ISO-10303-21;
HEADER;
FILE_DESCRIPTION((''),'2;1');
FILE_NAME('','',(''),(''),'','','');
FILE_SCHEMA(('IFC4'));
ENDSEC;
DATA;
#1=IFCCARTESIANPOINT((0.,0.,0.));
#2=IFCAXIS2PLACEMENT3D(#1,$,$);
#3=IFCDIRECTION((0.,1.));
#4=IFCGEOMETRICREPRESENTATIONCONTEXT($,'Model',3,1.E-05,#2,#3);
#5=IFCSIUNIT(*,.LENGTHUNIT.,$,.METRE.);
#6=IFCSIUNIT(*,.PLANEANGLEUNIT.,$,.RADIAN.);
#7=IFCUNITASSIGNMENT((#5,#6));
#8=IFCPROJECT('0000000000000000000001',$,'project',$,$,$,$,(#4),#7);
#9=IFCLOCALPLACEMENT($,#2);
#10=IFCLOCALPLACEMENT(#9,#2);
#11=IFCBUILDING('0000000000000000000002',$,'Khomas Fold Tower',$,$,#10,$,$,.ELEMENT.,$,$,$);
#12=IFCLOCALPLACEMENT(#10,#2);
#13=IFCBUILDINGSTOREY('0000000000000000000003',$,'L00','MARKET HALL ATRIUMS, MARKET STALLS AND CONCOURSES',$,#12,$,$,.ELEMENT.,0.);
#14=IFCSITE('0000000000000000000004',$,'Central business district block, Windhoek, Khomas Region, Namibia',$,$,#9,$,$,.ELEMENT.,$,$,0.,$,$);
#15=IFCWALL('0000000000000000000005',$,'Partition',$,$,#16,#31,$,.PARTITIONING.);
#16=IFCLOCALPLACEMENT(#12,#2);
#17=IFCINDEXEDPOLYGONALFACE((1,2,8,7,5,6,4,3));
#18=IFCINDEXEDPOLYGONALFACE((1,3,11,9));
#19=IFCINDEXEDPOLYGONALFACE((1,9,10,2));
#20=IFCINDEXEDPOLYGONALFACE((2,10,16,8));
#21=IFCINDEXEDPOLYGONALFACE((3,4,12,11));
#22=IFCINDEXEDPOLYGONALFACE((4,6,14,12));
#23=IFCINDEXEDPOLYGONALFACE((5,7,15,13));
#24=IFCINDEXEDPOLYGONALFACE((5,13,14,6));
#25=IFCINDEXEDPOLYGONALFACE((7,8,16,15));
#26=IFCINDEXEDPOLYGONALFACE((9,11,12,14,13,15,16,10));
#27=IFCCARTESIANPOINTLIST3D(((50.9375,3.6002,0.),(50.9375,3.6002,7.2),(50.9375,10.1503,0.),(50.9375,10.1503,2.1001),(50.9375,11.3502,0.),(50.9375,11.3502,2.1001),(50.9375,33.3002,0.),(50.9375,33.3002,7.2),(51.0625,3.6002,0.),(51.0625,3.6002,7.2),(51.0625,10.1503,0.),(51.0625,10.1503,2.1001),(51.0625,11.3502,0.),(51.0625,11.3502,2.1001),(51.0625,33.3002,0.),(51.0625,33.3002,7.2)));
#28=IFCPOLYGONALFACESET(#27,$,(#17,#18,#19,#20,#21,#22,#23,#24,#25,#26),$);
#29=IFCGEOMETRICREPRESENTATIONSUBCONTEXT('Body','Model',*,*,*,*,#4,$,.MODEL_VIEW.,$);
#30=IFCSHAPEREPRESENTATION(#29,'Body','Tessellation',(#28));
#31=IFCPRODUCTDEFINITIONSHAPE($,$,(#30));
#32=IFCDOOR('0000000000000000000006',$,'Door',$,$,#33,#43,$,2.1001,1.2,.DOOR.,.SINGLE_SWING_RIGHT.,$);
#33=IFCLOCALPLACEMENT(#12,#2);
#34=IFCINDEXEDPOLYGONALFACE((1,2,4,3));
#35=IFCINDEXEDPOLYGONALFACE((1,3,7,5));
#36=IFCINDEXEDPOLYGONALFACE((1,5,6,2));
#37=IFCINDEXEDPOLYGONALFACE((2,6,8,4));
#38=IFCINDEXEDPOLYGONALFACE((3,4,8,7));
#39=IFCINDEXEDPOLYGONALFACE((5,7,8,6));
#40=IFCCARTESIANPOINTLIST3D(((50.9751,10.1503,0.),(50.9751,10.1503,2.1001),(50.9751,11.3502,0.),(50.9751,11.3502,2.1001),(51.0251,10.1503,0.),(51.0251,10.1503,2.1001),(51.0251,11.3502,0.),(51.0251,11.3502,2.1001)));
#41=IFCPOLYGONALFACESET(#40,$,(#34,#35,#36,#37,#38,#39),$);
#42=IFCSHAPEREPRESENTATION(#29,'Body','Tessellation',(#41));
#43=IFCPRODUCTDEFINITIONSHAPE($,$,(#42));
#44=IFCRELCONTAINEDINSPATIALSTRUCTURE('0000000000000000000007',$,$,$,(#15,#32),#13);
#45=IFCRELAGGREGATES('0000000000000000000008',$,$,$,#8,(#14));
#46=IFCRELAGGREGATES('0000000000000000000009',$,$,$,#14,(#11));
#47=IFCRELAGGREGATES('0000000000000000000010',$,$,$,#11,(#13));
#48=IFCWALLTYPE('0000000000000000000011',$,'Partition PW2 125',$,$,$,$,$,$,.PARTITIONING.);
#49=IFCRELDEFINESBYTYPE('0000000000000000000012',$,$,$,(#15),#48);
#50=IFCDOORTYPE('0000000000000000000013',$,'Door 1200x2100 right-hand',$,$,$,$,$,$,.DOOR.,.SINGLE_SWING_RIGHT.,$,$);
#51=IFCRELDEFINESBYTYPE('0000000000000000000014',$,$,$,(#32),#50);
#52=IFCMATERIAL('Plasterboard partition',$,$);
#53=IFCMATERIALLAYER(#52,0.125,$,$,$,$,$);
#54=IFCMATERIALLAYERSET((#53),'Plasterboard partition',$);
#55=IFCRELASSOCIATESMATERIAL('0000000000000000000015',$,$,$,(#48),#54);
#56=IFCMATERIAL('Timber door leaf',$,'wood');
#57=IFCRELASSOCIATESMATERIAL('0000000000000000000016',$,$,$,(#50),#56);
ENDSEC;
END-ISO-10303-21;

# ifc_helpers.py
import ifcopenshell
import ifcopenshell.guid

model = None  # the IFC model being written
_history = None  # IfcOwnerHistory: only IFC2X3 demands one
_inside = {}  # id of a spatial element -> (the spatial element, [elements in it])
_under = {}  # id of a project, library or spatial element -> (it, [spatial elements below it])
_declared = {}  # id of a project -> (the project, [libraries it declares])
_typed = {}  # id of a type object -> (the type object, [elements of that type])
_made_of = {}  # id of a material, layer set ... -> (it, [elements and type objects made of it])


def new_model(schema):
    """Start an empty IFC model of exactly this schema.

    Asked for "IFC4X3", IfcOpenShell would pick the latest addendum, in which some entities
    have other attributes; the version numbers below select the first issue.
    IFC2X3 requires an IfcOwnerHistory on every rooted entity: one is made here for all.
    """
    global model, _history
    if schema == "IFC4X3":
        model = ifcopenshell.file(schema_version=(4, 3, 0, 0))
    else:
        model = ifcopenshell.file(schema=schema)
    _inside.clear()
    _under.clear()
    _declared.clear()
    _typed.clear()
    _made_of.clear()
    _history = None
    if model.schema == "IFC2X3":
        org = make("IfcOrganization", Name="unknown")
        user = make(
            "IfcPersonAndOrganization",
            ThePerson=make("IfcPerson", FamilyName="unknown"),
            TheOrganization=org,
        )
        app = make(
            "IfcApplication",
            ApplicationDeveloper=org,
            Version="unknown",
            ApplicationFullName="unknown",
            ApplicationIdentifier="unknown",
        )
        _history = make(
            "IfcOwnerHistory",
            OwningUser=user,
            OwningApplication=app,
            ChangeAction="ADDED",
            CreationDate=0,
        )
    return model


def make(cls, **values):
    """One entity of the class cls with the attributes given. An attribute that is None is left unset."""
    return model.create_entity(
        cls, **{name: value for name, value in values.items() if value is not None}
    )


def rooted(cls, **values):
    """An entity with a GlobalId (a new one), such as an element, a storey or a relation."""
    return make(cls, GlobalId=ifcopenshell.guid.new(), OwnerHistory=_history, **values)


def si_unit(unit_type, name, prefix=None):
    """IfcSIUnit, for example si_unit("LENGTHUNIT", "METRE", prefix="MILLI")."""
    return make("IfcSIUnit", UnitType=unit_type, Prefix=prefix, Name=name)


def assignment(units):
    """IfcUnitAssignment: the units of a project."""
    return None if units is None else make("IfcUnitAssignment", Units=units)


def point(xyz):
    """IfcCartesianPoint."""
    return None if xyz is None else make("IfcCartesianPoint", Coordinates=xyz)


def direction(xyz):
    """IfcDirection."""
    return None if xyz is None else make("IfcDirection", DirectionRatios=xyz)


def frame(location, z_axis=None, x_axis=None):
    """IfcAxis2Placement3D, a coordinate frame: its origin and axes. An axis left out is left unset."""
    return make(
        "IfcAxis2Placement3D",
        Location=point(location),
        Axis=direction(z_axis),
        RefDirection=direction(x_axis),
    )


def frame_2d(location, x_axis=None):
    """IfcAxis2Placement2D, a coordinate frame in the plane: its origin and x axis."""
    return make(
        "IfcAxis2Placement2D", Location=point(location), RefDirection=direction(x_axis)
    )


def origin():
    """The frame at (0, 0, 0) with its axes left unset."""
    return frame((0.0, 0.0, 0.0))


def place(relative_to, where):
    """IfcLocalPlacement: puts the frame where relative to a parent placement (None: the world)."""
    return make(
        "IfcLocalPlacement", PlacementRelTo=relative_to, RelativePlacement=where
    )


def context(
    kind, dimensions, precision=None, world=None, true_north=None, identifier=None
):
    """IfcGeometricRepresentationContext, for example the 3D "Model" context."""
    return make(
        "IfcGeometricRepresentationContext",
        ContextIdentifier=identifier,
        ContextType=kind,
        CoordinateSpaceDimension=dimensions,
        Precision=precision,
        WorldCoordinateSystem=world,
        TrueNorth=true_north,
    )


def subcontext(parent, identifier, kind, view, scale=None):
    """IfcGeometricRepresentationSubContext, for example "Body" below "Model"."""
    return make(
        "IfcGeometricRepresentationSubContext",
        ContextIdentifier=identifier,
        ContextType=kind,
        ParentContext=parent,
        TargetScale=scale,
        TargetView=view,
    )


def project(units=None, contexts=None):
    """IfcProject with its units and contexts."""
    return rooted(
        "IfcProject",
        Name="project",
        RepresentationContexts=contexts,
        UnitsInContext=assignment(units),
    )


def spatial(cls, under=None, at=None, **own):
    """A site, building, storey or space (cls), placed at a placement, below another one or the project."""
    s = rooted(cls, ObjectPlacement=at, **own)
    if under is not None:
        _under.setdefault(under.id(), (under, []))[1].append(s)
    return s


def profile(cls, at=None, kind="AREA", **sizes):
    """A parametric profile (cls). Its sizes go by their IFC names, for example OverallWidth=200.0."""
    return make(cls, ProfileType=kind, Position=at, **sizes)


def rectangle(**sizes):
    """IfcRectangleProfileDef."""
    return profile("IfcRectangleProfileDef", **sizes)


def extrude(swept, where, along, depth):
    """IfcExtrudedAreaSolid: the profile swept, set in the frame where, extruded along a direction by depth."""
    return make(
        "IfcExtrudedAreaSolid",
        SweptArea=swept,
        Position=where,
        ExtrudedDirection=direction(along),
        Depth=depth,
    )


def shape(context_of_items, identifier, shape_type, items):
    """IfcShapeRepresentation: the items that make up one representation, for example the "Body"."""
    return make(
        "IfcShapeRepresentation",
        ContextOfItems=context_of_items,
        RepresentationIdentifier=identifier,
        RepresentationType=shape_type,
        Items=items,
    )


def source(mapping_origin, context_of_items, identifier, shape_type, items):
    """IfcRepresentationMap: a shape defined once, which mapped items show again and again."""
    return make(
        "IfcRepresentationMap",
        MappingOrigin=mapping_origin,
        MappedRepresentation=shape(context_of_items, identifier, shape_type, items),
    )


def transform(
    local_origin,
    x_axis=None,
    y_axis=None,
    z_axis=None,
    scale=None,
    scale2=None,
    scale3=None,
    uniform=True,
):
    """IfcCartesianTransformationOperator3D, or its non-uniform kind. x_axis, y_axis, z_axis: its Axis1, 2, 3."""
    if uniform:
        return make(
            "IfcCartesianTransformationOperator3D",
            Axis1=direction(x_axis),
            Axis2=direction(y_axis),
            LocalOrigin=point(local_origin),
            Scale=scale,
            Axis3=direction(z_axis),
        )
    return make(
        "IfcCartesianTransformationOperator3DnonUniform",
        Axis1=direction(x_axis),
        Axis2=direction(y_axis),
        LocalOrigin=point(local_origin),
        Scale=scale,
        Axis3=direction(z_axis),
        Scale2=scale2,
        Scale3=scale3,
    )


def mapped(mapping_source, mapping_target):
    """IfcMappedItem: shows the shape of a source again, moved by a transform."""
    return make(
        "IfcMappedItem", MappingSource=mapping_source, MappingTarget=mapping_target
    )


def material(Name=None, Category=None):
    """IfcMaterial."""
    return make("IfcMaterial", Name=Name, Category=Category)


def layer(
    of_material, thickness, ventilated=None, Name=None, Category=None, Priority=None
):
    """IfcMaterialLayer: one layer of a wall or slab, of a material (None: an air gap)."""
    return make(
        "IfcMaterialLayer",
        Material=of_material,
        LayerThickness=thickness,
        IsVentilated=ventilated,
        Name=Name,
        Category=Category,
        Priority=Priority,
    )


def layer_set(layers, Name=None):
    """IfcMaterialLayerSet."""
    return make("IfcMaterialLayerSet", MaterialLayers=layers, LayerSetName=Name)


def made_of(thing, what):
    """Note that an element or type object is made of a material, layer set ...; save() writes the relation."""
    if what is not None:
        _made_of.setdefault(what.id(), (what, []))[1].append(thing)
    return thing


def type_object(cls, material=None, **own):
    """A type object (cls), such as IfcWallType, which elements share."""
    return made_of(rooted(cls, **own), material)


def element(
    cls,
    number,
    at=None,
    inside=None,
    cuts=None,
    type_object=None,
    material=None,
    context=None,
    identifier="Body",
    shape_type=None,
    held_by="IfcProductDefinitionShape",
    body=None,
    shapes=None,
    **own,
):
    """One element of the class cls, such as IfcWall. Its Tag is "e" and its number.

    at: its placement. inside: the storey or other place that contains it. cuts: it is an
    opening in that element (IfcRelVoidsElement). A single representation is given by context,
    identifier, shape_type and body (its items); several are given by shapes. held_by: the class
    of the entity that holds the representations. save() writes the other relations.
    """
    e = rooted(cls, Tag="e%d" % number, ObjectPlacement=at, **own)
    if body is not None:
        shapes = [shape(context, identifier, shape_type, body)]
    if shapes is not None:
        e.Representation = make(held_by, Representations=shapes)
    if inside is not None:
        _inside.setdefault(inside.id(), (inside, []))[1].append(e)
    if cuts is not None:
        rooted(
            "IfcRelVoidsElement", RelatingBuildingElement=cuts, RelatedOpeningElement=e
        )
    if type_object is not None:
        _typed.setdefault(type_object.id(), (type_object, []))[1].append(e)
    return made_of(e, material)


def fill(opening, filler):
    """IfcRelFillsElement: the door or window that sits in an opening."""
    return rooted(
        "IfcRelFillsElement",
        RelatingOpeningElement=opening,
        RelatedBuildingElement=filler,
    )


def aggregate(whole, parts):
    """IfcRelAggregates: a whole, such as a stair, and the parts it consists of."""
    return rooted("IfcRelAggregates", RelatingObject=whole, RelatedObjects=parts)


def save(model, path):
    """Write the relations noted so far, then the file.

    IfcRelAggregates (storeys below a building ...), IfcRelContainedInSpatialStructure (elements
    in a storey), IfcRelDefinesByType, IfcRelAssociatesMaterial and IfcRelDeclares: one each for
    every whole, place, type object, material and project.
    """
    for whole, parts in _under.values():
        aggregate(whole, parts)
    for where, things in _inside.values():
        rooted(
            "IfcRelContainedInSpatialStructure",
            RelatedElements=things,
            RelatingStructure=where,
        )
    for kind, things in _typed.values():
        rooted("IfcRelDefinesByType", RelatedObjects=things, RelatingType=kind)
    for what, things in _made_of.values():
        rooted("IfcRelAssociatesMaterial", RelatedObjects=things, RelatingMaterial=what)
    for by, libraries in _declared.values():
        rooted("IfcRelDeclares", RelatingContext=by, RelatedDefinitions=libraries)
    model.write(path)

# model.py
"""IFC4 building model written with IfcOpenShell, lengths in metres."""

from ifc_helpers import new_model, si_unit, direction, frame, frame_2d, origin, place, context, subcontext, project, spatial, rectangle, extrude, source, transform, mapped, material, layer, layer_set, type_object, element, fill, save


model = new_model("IFC4")

# Units and contexts
model_context = context("Model", 3, precision=1e-05, world=origin(), true_north=direction((0.0, 1.0)))
body_context = subcontext(model_context, "Body", "Model", "MODEL_VIEW")
ifc_project = project(units=[si_unit("LENGTHUNIT", "METRE"), si_unit("PLANEANGLEUNIT", "RADIAN")], contexts=[model_context])

# Site, building, storey
site_placement = place(None, origin())
site = spatial("IfcSite", under=ifc_project, at=site_placement, Name="Central business district block, Windhoek, Khomas Region, Namibia", CompositionType="ELEMENT", RefElevation=0.0)
building_placement = place(site_placement, origin())
building = spatial("IfcBuilding", under=site, at=building_placement, Name="Khomas Fold Tower", CompositionType="ELEMENT")
storey_placement = place(building_placement, origin())
storey = spatial("IfcBuildingStorey", under=building, at=storey_placement, Name="L00", Description="MARKET HALL ATRIUMS, MARKET STALLS AND CONCOURSES", CompositionType="ELEMENT", Elevation=0.0)

# Shared definitions
ifc_material_1 = material(Name="Plasterboard partition")
ifc_layer_1 = layer(ifc_material_1, 0.125)
ifc_layer_set_1 = layer_set([ifc_layer_1], Name="Plasterboard partition")
wall_type_1 = type_object("IfcWallType", Name="Partition PW2 125", PredefinedType="PARTITIONING", material=ifc_layer_set_1)

# Wall, opening, door
shared_shape_1 = source(origin(), body_context, "Body", "SweptSolid", [
    extrude(rectangle(XDim=29.7, YDim=0.125, at=frame_2d((14.8501, 0.0))), origin(), (0.0, 0.0, 1.0), 7.2),
])
wall_1_placement = place(storey_placement, frame((51.0, 3.6001, 0.0), z_axis=(0.0, 0.0, 1.0), x_axis=(0.0, 1.0, 0.0)))
wall_1 = element("IfcWall", 1, at=wall_1_placement, inside=storey, type_object=wall_type_1, Name="Partition", PredefinedType="PARTITIONING", context=body_context, shape_type="MappedRepresentation", body=[
    mapped(shared_shape_1, transform((0.0, 0.0, 0.0))),
])
shared_shape_2 = source(origin(), body_context, "Body", "SweptSolid", [
    extrude(rectangle(XDim=1.2, YDim=2.1001, at=frame_2d((0.6001, 1.05))), frame((0.0, 0.0725, 0.0), z_axis=(0.0, -1.0, 0.0), x_axis=(1.0, 0.0, 0.0)), (0.0, 0.0, 1.0), 0.145),
])
opening_1_placement = place(wall_1_placement, frame((6.55, 0.0, 0.0)))
opening_1 = element("IfcOpeningElement", 2, at=opening_1_placement, cuts=wall_1, PredefinedType="OPENING", context=body_context, shape_type="MappedRepresentation", body=[
    mapped(shared_shape_2, transform((0.0, 0.0, 0.0))),
])
ifc_material_2 = material(Name="Timber door leaf", Category="wood")
door_type_1 = type_object("IfcDoorType", Name="Door 1200x2100 right-hand", OperationType="SINGLE_SWING_RIGHT", PredefinedType="DOOR", material=ifc_material_2)
shared_shape_3 = source(origin(), body_context, "Body", "SweptSolid", [
    extrude(rectangle(XDim=1.2, YDim=2.1001, at=frame_2d((0.6001, 1.05))), frame((0.0, 0.0249, 0.0), z_axis=(0.0, -1.0, 0.0), x_axis=(1.0, 0.0, 0.0)), (0.0, 0.0, 1.0), 0.05),
])
door_1_placement = place(opening_1_placement, origin())
door_1 = element("IfcDoor", 3, at=door_1_placement, inside=storey, type_object=door_type_1, Name="Door", OperationType="SINGLE_SWING_RIGHT", OverallHeight=2.1001, OverallWidth=1.2, PredefinedType="DOOR", context=body_context, shape_type="MappedRepresentation", body=[
    mapped(shared_shape_3, transform((0.0, 0.0, 0.0))),
])
fill(opening_1, door_1)

save(model, "model.ifc")
